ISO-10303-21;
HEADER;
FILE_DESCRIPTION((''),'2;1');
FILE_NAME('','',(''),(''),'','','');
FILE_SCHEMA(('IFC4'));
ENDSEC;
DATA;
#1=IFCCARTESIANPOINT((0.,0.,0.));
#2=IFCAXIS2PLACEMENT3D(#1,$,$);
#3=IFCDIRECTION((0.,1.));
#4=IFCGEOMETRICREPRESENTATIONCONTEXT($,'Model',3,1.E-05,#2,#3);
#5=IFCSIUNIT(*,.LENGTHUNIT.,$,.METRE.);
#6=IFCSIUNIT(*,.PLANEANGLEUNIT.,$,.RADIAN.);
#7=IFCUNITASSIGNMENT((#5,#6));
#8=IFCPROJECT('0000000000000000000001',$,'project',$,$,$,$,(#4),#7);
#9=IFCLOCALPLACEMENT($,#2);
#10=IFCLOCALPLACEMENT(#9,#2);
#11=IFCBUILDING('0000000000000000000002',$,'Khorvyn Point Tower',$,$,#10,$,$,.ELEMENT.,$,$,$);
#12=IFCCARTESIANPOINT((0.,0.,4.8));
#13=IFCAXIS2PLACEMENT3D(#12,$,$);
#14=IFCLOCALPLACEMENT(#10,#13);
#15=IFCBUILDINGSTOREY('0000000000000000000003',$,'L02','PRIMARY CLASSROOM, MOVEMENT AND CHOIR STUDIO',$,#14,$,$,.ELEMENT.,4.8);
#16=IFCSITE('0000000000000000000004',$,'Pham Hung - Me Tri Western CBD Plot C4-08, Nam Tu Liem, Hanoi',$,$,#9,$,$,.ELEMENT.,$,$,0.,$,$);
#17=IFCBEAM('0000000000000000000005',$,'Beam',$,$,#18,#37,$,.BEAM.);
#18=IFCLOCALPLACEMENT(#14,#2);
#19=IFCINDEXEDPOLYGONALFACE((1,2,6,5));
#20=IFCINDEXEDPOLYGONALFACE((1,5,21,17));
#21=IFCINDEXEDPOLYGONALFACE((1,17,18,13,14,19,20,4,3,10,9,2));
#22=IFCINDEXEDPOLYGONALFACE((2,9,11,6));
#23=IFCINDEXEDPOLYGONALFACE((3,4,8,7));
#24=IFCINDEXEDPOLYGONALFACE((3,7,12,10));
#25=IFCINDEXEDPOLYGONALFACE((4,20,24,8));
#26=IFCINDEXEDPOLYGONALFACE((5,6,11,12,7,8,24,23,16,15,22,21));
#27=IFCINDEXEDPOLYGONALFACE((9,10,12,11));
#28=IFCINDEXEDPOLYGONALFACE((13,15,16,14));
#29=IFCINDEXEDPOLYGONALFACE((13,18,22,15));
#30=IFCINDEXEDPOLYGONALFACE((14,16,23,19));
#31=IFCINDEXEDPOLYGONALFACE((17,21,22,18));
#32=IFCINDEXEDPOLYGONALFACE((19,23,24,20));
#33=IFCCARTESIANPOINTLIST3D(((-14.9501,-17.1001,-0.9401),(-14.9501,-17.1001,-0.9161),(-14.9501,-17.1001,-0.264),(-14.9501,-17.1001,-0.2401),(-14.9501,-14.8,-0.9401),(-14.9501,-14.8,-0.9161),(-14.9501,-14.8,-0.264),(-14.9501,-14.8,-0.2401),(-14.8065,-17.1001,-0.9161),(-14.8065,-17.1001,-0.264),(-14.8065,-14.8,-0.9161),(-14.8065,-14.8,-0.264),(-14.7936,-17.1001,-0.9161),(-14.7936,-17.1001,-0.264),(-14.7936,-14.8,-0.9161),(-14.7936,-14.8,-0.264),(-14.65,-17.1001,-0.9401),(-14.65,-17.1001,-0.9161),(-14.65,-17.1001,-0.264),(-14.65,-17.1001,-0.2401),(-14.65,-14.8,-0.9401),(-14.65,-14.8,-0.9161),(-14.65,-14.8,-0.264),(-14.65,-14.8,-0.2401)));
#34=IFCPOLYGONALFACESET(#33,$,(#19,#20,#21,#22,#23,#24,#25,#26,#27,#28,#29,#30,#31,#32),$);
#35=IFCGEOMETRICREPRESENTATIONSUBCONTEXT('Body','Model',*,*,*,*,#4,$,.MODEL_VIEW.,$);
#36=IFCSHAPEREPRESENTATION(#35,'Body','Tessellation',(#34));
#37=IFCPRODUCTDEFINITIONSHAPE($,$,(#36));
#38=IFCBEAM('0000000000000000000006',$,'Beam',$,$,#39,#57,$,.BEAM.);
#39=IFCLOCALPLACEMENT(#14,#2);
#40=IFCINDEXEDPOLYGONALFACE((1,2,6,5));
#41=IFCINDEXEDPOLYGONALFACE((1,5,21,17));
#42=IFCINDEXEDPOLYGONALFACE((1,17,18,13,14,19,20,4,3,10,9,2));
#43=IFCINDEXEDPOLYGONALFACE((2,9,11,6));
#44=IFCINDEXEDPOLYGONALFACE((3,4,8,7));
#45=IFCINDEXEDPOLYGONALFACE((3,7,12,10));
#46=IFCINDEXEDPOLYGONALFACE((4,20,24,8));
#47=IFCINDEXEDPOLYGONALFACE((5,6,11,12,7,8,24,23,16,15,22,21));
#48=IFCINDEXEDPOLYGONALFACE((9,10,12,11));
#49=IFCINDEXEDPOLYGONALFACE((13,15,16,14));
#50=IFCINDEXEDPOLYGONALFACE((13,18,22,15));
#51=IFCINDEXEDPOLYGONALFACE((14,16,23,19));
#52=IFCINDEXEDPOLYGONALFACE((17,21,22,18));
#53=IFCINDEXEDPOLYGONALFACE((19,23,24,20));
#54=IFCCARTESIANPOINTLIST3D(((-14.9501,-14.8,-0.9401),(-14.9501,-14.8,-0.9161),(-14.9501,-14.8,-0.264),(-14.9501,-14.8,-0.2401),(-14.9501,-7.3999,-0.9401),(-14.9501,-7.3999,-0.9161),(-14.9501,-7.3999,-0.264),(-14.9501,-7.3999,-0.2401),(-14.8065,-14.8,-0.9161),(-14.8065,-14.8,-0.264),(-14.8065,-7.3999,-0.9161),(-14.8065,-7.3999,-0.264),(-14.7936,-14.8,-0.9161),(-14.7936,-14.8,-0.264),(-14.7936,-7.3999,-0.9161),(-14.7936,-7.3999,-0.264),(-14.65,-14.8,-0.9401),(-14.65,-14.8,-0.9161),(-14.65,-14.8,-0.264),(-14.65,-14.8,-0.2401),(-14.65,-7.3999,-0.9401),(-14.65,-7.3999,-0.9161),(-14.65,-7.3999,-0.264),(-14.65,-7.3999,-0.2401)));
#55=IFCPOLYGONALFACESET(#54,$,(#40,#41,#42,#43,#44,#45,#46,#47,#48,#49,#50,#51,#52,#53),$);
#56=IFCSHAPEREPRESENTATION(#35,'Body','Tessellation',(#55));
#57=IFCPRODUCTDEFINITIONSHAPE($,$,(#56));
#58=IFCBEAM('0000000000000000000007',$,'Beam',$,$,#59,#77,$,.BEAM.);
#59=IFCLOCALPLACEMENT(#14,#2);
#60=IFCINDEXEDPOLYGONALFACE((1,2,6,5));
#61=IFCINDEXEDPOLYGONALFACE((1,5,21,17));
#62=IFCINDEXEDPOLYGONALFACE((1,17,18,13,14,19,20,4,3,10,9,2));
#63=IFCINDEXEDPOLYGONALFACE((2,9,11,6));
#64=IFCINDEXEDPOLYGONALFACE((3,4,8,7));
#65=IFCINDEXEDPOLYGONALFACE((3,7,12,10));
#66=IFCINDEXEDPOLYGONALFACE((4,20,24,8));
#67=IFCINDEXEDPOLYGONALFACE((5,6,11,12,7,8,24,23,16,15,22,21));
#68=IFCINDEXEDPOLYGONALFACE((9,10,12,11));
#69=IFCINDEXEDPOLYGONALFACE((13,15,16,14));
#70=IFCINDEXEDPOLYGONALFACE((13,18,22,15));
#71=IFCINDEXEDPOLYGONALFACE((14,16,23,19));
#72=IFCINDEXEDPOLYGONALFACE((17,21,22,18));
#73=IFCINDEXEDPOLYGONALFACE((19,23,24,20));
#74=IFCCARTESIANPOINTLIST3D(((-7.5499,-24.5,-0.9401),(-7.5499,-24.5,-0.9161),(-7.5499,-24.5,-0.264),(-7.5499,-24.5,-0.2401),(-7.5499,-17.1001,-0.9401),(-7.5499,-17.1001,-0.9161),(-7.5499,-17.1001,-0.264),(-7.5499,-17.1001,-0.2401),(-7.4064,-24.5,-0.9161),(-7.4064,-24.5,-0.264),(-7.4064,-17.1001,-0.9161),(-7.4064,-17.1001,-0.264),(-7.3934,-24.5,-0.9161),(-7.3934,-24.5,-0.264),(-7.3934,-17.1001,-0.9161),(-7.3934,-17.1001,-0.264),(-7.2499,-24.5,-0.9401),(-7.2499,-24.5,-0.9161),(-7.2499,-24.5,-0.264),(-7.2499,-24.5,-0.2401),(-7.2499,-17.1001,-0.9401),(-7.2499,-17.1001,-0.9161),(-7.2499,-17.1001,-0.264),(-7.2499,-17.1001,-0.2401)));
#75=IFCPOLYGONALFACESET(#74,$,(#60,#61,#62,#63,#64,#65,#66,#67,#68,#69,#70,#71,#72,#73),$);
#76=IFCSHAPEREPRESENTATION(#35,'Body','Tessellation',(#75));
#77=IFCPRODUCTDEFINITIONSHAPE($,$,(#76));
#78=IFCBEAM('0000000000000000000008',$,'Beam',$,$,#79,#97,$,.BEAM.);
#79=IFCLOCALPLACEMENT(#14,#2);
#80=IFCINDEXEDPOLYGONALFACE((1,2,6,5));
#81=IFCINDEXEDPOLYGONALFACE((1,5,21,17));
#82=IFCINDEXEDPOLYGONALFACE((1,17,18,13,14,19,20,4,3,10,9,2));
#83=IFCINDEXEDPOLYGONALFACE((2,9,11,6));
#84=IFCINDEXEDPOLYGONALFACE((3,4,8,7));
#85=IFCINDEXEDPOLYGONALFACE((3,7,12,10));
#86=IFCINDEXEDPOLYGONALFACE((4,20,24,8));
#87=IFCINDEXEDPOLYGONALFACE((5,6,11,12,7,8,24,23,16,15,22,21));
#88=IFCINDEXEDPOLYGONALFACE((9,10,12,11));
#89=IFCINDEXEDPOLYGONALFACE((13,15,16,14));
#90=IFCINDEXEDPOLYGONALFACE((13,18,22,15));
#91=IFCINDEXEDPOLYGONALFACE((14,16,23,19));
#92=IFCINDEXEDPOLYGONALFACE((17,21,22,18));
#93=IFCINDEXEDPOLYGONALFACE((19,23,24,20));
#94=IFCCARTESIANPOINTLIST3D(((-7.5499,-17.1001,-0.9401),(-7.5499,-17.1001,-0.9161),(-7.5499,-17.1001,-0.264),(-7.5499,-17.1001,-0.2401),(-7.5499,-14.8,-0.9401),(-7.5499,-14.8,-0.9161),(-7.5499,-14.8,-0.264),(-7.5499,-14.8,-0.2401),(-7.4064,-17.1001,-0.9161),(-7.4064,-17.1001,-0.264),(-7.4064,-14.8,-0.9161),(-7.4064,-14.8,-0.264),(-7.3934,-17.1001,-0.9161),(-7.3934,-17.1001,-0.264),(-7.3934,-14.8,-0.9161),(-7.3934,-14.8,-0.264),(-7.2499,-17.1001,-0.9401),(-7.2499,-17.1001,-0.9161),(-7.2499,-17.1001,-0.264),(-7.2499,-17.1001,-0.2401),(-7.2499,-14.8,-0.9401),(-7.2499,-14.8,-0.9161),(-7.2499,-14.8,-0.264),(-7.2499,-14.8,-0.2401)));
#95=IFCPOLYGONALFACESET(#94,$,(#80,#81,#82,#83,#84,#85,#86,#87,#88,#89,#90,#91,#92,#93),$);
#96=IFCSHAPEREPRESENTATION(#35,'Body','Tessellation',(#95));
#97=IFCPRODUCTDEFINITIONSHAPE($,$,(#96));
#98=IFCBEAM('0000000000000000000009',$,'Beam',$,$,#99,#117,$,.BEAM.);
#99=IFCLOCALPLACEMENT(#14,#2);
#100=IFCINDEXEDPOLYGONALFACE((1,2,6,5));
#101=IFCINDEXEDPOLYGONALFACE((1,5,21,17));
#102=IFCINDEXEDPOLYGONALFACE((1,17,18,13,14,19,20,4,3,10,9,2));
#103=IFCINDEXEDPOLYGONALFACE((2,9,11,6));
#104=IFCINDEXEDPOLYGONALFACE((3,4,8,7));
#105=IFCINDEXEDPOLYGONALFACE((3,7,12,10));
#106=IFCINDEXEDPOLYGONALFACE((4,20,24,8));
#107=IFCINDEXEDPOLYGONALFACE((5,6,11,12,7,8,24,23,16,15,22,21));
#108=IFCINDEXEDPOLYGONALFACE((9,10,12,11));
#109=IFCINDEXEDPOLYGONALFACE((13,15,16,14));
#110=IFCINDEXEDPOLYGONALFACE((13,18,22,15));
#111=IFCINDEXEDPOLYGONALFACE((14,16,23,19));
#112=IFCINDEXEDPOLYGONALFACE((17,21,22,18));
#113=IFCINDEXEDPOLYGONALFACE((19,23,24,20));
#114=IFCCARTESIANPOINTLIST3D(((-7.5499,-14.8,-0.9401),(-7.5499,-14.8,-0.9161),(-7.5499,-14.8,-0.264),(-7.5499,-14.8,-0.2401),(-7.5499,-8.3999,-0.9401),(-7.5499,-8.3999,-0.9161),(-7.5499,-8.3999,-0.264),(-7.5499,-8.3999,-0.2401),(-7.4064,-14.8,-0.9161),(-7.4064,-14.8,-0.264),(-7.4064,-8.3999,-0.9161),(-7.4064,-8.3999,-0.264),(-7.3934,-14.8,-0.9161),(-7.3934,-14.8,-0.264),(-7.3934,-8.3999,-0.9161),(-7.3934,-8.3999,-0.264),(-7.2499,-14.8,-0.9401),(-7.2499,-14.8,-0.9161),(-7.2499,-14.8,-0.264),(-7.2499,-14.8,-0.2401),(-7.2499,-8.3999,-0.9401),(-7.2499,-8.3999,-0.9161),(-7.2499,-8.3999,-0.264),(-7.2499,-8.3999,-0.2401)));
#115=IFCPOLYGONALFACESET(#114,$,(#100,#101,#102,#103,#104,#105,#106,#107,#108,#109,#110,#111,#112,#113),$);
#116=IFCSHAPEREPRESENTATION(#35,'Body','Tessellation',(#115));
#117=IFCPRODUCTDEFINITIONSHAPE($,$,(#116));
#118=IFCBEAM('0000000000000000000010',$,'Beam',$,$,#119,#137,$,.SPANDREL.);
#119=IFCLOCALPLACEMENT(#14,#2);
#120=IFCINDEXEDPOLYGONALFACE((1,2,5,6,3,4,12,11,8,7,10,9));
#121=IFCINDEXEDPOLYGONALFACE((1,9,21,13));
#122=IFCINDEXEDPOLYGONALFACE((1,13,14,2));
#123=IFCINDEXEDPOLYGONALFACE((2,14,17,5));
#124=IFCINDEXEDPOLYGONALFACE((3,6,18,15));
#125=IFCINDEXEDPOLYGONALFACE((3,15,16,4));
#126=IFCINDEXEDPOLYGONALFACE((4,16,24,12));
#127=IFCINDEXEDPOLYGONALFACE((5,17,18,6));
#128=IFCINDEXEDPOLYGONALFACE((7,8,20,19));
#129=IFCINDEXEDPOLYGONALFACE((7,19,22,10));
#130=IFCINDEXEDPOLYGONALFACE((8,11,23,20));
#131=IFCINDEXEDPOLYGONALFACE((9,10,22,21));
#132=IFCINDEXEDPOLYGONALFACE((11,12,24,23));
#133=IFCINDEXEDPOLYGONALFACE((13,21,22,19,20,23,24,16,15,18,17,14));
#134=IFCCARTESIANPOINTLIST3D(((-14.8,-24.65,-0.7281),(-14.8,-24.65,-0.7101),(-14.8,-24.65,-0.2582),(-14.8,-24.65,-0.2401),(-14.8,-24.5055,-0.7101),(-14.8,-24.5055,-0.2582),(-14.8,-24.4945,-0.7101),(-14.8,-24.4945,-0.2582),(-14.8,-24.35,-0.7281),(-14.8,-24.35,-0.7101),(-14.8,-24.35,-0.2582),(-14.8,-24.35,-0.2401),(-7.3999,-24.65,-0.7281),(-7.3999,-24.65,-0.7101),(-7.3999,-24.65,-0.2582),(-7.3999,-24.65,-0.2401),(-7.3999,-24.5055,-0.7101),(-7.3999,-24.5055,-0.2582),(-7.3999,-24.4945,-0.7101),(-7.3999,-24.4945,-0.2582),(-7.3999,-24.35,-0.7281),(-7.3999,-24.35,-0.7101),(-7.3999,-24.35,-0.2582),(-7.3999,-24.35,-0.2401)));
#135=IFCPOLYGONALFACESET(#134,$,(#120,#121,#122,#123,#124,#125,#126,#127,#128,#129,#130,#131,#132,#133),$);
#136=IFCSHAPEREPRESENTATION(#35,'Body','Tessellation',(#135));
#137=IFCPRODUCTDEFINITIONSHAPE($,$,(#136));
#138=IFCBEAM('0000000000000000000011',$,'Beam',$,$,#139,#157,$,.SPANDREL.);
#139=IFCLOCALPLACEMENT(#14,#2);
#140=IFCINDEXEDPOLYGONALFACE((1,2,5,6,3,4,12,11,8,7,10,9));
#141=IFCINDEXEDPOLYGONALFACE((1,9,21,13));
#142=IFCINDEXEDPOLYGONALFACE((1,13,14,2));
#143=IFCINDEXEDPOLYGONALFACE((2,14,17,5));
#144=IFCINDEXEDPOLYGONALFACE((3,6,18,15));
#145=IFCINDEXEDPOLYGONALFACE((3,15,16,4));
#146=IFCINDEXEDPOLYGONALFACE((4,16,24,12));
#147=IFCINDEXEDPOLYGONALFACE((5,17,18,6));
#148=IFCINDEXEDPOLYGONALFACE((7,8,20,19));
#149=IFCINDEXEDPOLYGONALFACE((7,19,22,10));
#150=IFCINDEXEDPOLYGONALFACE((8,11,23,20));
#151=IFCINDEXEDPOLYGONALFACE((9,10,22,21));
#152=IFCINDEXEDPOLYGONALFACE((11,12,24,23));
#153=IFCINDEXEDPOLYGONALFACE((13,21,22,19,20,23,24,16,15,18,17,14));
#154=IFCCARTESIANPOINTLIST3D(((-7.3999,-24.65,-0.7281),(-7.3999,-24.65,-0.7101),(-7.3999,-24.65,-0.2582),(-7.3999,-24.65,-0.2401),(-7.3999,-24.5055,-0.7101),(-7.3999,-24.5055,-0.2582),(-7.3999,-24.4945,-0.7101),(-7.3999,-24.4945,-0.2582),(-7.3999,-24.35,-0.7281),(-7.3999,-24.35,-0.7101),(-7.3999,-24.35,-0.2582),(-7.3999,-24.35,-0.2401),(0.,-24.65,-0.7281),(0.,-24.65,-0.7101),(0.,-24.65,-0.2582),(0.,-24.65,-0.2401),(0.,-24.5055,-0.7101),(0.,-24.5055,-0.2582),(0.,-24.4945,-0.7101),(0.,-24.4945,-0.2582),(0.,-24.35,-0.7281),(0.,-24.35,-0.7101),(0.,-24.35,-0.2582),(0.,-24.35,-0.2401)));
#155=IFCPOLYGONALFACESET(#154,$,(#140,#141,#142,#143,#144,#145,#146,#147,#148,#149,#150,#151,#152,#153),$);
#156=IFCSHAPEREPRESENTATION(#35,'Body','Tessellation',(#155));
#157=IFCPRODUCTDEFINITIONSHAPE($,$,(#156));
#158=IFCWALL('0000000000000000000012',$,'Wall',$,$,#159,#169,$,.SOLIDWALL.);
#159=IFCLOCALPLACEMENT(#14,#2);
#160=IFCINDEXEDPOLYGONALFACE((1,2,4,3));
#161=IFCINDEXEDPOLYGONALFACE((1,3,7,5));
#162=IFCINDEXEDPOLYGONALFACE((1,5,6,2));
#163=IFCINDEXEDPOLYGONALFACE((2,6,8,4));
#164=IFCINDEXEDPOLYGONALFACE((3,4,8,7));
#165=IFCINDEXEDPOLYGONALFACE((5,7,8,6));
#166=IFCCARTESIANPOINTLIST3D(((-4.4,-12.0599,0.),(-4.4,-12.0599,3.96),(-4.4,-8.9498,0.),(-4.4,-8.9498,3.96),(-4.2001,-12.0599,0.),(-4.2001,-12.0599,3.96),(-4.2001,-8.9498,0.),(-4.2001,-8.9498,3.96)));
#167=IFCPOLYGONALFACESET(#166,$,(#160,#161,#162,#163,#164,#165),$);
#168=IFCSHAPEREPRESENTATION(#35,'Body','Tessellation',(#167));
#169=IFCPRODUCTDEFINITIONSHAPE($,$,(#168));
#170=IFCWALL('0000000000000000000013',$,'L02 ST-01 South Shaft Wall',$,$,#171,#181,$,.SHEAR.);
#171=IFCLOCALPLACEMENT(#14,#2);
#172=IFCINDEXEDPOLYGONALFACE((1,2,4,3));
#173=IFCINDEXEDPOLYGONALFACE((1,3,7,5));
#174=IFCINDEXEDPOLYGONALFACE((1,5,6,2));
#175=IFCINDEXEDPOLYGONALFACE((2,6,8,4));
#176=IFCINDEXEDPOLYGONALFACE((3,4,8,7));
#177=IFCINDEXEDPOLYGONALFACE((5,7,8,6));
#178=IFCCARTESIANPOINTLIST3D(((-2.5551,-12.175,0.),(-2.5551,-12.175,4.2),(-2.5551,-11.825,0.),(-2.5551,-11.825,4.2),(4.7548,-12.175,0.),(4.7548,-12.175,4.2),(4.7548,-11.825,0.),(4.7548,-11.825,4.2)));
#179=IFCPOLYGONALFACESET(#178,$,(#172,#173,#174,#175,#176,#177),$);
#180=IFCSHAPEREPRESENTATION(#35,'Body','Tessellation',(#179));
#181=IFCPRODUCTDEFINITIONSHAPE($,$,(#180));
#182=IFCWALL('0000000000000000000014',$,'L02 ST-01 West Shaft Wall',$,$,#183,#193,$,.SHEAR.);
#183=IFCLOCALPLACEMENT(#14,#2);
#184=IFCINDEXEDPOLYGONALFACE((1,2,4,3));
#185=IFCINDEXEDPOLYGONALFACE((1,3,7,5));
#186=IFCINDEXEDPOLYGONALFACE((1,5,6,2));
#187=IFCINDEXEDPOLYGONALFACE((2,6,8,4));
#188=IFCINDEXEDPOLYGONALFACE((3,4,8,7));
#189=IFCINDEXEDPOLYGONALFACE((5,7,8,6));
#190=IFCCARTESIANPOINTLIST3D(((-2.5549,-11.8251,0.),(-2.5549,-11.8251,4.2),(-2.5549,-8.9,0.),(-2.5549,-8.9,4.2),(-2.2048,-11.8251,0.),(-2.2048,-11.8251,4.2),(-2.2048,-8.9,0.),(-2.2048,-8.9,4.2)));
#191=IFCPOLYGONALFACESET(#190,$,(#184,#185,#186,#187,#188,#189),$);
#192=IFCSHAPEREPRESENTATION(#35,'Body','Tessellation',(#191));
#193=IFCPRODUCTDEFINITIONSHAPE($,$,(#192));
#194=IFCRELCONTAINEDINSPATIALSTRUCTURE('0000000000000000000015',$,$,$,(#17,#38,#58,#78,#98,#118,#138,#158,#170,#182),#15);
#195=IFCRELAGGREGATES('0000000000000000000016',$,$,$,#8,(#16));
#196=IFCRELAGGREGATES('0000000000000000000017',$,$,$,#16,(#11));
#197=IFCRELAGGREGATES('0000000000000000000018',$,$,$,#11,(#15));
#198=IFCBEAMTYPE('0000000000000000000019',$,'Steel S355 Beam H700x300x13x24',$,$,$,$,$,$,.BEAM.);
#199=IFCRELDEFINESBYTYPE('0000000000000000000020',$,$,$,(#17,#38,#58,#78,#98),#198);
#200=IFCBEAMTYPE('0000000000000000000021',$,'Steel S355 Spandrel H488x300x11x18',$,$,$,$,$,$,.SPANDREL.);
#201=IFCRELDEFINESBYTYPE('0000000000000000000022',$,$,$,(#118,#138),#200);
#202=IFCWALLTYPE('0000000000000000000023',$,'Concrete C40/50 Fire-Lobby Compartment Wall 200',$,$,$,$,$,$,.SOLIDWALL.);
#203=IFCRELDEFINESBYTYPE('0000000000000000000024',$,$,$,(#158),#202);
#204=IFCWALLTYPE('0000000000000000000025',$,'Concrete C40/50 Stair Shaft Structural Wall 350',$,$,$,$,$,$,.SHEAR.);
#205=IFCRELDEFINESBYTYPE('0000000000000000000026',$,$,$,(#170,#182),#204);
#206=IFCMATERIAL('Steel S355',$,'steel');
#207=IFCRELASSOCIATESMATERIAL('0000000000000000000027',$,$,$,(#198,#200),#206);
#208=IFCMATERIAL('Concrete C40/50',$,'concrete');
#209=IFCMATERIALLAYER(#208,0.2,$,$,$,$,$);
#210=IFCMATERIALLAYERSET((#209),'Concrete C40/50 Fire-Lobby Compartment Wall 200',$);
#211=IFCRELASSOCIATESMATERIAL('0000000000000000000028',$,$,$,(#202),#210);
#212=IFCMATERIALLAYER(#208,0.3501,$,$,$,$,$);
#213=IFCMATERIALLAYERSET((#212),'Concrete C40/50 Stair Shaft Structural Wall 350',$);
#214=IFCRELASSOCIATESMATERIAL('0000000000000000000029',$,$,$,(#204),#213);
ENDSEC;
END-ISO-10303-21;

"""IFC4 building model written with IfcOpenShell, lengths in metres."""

from ifc_helpers import new_model, si_unit, direction, frame, frame_2d, origin, origin_2d, place, context, subcontext, project, spatial, rectangle, i_section, extrude, material, layer, layer_set, material_profile, profile_set, type_object, element, save


model = new_model("IFC4")

# Units and contexts
model_context = context("Model", 3, precision=1e-05, world=origin(), true_north=direction((0.0, 1.0)))
body_context = subcontext(model_context, "Body", "Model", "MODEL_VIEW")
ifc_project = project(units=[si_unit("LENGTHUNIT", "METRE"), si_unit("PLANEANGLEUNIT", "RADIAN")], contexts=[model_context])

# Site, building, storey
site_placement = place(None, origin())
site = spatial("IfcSite", under=ifc_project, at=site_placement, Name="Pham Hung - Me Tri Western CBD Plot C4-08, Nam Tu Liem, Hanoi", CompositionType="ELEMENT", RefElevation=0.0)
building_placement = place(site_placement, origin())
building = spatial("IfcBuilding", under=site, at=building_placement, Name="Khorvyn Point Tower", CompositionType="ELEMENT")
storey_placement = place(building_placement, frame((0.0, 0.0, 4.8)))
storey = spatial("IfcBuildingStorey", under=building, at=storey_placement, Name="L02", Description="PRIMARY CLASSROOM, MOVEMENT AND CHOIR STUDIO", CompositionType="ELEMENT", Elevation=4.8)

# Shared definitions
ifc_material_1 = material(Name="Concrete C40/50", Category="concrete")

# Beams
ifc_material_2 = material(Name="Steel S355", Category="steel")
ifc_material_profile_1 = material_profile(ifc_material_2, i_section(OverallWidth=0.3, OverallDepth=0.7, WebThickness=0.0129, FlangeThickness=0.0239, at=origin_2d()))
ifc_profile_set_1 = profile_set([ifc_material_profile_1], Name="Steel S355 H700x300x13x24")
beam_type_1 = type_object("IfcBeamType", Name="Steel S355 Beam H700x300x13x24", PredefinedType="BEAM", material=ifc_profile_set_1)
beam_1_placement = place(storey_placement, frame((-14.8, -17.1001, -0.5901), z_axis=(0.0, 1.0, 0.0), x_axis=(-1.0, 0.0, 0.0)))
element("IfcBeam", 1, at=beam_1_placement, inside=storey, type_object=beam_type_1, Name="Beam", PredefinedType="BEAM", context=body_context, shape_type="SweptSolid", body=[
    extrude(i_section(OverallWidth=0.3, OverallDepth=0.7, WebThickness=0.0129, FlangeThickness=0.0239, at=origin_2d()), origin(), (0.0, 0.0, 1.0), 2.3),
])
beam_2_placement = place(storey_placement, frame((-14.8, -14.8, -0.5901), z_axis=(0.0, 1.0, 0.0), x_axis=(-1.0, 0.0, 0.0)))
element("IfcBeam", 2, at=beam_2_placement, inside=storey, type_object=beam_type_1, Name="Beam", PredefinedType="BEAM", context=body_context, shape_type="SweptSolid", body=[
    extrude(i_section(OverallWidth=0.3, OverallDepth=0.7, WebThickness=0.0129, FlangeThickness=0.0239, at=origin_2d()), origin(), (0.0, 0.0, 1.0), 7.4001),
])
beam_3_placement = place(storey_placement, frame((-7.3999, -24.5, -0.5901), z_axis=(0.0, 1.0, 0.0), x_axis=(-1.0, 0.0, 0.0)))
element("IfcBeam", 3, at=beam_3_placement, inside=storey, type_object=beam_type_1, Name="Beam", PredefinedType="BEAM", context=body_context, shape_type="SweptSolid", body=[
    extrude(i_section(OverallWidth=0.3, OverallDepth=0.7, WebThickness=0.0129, FlangeThickness=0.0239, at=origin_2d()), origin(), (0.0, 0.0, 1.0), 7.3999),
])
beam_4_placement = place(storey_placement, frame((-7.3999, -17.1001, -0.5901), z_axis=(0.0, 1.0, 0.0), x_axis=(-1.0, 0.0, 0.0)))
element("IfcBeam", 4, at=beam_4_placement, inside=storey, type_object=beam_type_1, Name="Beam", PredefinedType="BEAM", context=body_context, shape_type="SweptSolid", body=[
    extrude(i_section(OverallWidth=0.3, OverallDepth=0.7, WebThickness=0.0129, FlangeThickness=0.0239, at=origin_2d()), origin(), (0.0, 0.0, 1.0), 2.3),
])
beam_5_placement = place(storey_placement, frame((-7.3999, -14.8, -0.5901), z_axis=(0.0, 1.0, 0.0), x_axis=(-1.0, 0.0, 0.0)))
element("IfcBeam", 5, at=beam_5_placement, inside=storey, type_object=beam_type_1, Name="Beam", PredefinedType="BEAM", context=body_context, shape_type="SweptSolid", body=[
    extrude(i_section(OverallWidth=0.3, OverallDepth=0.7, WebThickness=0.0129, FlangeThickness=0.0239, at=origin_2d()), origin(), (0.0, 0.0, 1.0), 6.4001),
])
ifc_material_profile_2 = material_profile(ifc_material_2, i_section(OverallWidth=0.3, OverallDepth=0.488, WebThickness=0.011, FlangeThickness=0.0181, at=origin_2d()))
ifc_profile_set_2 = profile_set([ifc_material_profile_2], Name="Steel S355 H488x300x11x18")
beam_type_2 = type_object("IfcBeamType", Name="Steel S355 Spandrel H488x300x11x18", PredefinedType="SPANDREL", material=ifc_profile_set_2)
beam_6_placement = place(storey_placement, frame((-14.8, -24.5, -0.4841), z_axis=(1.0, 0.0, 0.0), x_axis=(0.0, 1.0, 0.0)))
element("IfcBeam", 6, at=beam_6_placement, inside=storey, type_object=beam_type_2, Name="Beam", PredefinedType="SPANDREL", context=body_context, shape_type="SweptSolid", body=[
    extrude(i_section(OverallWidth=0.3, OverallDepth=0.488, WebThickness=0.011, FlangeThickness=0.0181, at=origin_2d()), origin(), (0.0, 0.0, 1.0), 7.4001),
])
beam_7_placement = place(storey_placement, frame((-7.3999, -24.5, -0.4841), z_axis=(1.0, 0.0, 0.0), x_axis=(0.0, 1.0, 0.0)))
element("IfcBeam", 7, at=beam_7_placement, inside=storey, type_object=beam_type_2, Name="Beam", PredefinedType="SPANDREL", context=body_context, shape_type="SweptSolid", body=[
    extrude(i_section(OverallWidth=0.3, OverallDepth=0.488, WebThickness=0.011, FlangeThickness=0.0181, at=origin_2d()), origin(), (0.0, 0.0, 1.0), 7.3999),
])

# Shared definitions
ifc_layer_1 = layer(ifc_material_1, 0.2)
ifc_layer_set_1 = layer_set([ifc_layer_1], Name="Concrete C40/50 Fire-Lobby Compartment Wall 200")
wall_type_1 = type_object("IfcWallType", Name="Concrete C40/50 Fire-Lobby Compartment Wall 200", PredefinedType="SOLIDWALL", material=ifc_layer_set_1)

# Walls
wall_1_placement = place(storey_placement, frame((-4.3, -12.0601, 0.0), z_axis=(0.0, 0.0, 1.0), x_axis=(0.0, 1.0, 0.0)))
element("IfcWall", 8, at=wall_1_placement, inside=storey, type_object=wall_type_1, Name="Wall", PredefinedType="SOLIDWALL", context=body_context, shape_type="SweptSolid", body=[
    extrude(rectangle(XDim=3.1101, YDim=0.2, at=frame_2d((1.5552, 0.0))), origin(), (0.0, 0.0, 1.0), 3.96),
])
ifc_layer_2 = layer(ifc_material_1, 0.3501)
ifc_layer_set_2 = layer_set([ifc_layer_2], Name="Concrete C40/50 Stair Shaft Structural Wall 350")
wall_type_2 = type_object("IfcWallType", Name="Concrete C40/50 Stair Shaft Structural Wall 350", PredefinedType="SHEAR", material=ifc_layer_set_2)
wall_2_placement = place(storey_placement, frame((-2.5549, -12.0, 0.0), z_axis=(0.0, 0.0, 1.0), x_axis=(1.0, 0.0, 0.0)))
element("IfcWall", 9, at=wall_2_placement, inside=storey, type_object=wall_type_2, Name="L02 ST-01 South Shaft Wall", PredefinedType="SHEAR", context=body_context, shape_type="SweptSolid", body=[
    extrude(rectangle(XDim=7.3098, YDim=0.3501, at=frame_2d((3.6548, 0.0))), origin(), (0.0, 0.0, 1.0), 4.2),
])
wall_3_placement = place(storey_placement, frame((-2.3799, -11.825, 0.0), z_axis=(0.0, 0.0, 1.0), x_axis=(0.0, 1.0, 0.0)))
element("IfcWall", 10, at=wall_3_placement, inside=storey, type_object=wall_type_2, Name="L02 ST-01 West Shaft Wall", PredefinedType="SHEAR", context=body_context, shape_type="SweptSolid", body=[
    extrude(rectangle(XDim=2.925, YDim=0.3501, at=frame_2d((1.4624, 0.0))), origin(), (0.0, 0.0, 1.0), 4.2),
])

save(model, "model.ifc")
